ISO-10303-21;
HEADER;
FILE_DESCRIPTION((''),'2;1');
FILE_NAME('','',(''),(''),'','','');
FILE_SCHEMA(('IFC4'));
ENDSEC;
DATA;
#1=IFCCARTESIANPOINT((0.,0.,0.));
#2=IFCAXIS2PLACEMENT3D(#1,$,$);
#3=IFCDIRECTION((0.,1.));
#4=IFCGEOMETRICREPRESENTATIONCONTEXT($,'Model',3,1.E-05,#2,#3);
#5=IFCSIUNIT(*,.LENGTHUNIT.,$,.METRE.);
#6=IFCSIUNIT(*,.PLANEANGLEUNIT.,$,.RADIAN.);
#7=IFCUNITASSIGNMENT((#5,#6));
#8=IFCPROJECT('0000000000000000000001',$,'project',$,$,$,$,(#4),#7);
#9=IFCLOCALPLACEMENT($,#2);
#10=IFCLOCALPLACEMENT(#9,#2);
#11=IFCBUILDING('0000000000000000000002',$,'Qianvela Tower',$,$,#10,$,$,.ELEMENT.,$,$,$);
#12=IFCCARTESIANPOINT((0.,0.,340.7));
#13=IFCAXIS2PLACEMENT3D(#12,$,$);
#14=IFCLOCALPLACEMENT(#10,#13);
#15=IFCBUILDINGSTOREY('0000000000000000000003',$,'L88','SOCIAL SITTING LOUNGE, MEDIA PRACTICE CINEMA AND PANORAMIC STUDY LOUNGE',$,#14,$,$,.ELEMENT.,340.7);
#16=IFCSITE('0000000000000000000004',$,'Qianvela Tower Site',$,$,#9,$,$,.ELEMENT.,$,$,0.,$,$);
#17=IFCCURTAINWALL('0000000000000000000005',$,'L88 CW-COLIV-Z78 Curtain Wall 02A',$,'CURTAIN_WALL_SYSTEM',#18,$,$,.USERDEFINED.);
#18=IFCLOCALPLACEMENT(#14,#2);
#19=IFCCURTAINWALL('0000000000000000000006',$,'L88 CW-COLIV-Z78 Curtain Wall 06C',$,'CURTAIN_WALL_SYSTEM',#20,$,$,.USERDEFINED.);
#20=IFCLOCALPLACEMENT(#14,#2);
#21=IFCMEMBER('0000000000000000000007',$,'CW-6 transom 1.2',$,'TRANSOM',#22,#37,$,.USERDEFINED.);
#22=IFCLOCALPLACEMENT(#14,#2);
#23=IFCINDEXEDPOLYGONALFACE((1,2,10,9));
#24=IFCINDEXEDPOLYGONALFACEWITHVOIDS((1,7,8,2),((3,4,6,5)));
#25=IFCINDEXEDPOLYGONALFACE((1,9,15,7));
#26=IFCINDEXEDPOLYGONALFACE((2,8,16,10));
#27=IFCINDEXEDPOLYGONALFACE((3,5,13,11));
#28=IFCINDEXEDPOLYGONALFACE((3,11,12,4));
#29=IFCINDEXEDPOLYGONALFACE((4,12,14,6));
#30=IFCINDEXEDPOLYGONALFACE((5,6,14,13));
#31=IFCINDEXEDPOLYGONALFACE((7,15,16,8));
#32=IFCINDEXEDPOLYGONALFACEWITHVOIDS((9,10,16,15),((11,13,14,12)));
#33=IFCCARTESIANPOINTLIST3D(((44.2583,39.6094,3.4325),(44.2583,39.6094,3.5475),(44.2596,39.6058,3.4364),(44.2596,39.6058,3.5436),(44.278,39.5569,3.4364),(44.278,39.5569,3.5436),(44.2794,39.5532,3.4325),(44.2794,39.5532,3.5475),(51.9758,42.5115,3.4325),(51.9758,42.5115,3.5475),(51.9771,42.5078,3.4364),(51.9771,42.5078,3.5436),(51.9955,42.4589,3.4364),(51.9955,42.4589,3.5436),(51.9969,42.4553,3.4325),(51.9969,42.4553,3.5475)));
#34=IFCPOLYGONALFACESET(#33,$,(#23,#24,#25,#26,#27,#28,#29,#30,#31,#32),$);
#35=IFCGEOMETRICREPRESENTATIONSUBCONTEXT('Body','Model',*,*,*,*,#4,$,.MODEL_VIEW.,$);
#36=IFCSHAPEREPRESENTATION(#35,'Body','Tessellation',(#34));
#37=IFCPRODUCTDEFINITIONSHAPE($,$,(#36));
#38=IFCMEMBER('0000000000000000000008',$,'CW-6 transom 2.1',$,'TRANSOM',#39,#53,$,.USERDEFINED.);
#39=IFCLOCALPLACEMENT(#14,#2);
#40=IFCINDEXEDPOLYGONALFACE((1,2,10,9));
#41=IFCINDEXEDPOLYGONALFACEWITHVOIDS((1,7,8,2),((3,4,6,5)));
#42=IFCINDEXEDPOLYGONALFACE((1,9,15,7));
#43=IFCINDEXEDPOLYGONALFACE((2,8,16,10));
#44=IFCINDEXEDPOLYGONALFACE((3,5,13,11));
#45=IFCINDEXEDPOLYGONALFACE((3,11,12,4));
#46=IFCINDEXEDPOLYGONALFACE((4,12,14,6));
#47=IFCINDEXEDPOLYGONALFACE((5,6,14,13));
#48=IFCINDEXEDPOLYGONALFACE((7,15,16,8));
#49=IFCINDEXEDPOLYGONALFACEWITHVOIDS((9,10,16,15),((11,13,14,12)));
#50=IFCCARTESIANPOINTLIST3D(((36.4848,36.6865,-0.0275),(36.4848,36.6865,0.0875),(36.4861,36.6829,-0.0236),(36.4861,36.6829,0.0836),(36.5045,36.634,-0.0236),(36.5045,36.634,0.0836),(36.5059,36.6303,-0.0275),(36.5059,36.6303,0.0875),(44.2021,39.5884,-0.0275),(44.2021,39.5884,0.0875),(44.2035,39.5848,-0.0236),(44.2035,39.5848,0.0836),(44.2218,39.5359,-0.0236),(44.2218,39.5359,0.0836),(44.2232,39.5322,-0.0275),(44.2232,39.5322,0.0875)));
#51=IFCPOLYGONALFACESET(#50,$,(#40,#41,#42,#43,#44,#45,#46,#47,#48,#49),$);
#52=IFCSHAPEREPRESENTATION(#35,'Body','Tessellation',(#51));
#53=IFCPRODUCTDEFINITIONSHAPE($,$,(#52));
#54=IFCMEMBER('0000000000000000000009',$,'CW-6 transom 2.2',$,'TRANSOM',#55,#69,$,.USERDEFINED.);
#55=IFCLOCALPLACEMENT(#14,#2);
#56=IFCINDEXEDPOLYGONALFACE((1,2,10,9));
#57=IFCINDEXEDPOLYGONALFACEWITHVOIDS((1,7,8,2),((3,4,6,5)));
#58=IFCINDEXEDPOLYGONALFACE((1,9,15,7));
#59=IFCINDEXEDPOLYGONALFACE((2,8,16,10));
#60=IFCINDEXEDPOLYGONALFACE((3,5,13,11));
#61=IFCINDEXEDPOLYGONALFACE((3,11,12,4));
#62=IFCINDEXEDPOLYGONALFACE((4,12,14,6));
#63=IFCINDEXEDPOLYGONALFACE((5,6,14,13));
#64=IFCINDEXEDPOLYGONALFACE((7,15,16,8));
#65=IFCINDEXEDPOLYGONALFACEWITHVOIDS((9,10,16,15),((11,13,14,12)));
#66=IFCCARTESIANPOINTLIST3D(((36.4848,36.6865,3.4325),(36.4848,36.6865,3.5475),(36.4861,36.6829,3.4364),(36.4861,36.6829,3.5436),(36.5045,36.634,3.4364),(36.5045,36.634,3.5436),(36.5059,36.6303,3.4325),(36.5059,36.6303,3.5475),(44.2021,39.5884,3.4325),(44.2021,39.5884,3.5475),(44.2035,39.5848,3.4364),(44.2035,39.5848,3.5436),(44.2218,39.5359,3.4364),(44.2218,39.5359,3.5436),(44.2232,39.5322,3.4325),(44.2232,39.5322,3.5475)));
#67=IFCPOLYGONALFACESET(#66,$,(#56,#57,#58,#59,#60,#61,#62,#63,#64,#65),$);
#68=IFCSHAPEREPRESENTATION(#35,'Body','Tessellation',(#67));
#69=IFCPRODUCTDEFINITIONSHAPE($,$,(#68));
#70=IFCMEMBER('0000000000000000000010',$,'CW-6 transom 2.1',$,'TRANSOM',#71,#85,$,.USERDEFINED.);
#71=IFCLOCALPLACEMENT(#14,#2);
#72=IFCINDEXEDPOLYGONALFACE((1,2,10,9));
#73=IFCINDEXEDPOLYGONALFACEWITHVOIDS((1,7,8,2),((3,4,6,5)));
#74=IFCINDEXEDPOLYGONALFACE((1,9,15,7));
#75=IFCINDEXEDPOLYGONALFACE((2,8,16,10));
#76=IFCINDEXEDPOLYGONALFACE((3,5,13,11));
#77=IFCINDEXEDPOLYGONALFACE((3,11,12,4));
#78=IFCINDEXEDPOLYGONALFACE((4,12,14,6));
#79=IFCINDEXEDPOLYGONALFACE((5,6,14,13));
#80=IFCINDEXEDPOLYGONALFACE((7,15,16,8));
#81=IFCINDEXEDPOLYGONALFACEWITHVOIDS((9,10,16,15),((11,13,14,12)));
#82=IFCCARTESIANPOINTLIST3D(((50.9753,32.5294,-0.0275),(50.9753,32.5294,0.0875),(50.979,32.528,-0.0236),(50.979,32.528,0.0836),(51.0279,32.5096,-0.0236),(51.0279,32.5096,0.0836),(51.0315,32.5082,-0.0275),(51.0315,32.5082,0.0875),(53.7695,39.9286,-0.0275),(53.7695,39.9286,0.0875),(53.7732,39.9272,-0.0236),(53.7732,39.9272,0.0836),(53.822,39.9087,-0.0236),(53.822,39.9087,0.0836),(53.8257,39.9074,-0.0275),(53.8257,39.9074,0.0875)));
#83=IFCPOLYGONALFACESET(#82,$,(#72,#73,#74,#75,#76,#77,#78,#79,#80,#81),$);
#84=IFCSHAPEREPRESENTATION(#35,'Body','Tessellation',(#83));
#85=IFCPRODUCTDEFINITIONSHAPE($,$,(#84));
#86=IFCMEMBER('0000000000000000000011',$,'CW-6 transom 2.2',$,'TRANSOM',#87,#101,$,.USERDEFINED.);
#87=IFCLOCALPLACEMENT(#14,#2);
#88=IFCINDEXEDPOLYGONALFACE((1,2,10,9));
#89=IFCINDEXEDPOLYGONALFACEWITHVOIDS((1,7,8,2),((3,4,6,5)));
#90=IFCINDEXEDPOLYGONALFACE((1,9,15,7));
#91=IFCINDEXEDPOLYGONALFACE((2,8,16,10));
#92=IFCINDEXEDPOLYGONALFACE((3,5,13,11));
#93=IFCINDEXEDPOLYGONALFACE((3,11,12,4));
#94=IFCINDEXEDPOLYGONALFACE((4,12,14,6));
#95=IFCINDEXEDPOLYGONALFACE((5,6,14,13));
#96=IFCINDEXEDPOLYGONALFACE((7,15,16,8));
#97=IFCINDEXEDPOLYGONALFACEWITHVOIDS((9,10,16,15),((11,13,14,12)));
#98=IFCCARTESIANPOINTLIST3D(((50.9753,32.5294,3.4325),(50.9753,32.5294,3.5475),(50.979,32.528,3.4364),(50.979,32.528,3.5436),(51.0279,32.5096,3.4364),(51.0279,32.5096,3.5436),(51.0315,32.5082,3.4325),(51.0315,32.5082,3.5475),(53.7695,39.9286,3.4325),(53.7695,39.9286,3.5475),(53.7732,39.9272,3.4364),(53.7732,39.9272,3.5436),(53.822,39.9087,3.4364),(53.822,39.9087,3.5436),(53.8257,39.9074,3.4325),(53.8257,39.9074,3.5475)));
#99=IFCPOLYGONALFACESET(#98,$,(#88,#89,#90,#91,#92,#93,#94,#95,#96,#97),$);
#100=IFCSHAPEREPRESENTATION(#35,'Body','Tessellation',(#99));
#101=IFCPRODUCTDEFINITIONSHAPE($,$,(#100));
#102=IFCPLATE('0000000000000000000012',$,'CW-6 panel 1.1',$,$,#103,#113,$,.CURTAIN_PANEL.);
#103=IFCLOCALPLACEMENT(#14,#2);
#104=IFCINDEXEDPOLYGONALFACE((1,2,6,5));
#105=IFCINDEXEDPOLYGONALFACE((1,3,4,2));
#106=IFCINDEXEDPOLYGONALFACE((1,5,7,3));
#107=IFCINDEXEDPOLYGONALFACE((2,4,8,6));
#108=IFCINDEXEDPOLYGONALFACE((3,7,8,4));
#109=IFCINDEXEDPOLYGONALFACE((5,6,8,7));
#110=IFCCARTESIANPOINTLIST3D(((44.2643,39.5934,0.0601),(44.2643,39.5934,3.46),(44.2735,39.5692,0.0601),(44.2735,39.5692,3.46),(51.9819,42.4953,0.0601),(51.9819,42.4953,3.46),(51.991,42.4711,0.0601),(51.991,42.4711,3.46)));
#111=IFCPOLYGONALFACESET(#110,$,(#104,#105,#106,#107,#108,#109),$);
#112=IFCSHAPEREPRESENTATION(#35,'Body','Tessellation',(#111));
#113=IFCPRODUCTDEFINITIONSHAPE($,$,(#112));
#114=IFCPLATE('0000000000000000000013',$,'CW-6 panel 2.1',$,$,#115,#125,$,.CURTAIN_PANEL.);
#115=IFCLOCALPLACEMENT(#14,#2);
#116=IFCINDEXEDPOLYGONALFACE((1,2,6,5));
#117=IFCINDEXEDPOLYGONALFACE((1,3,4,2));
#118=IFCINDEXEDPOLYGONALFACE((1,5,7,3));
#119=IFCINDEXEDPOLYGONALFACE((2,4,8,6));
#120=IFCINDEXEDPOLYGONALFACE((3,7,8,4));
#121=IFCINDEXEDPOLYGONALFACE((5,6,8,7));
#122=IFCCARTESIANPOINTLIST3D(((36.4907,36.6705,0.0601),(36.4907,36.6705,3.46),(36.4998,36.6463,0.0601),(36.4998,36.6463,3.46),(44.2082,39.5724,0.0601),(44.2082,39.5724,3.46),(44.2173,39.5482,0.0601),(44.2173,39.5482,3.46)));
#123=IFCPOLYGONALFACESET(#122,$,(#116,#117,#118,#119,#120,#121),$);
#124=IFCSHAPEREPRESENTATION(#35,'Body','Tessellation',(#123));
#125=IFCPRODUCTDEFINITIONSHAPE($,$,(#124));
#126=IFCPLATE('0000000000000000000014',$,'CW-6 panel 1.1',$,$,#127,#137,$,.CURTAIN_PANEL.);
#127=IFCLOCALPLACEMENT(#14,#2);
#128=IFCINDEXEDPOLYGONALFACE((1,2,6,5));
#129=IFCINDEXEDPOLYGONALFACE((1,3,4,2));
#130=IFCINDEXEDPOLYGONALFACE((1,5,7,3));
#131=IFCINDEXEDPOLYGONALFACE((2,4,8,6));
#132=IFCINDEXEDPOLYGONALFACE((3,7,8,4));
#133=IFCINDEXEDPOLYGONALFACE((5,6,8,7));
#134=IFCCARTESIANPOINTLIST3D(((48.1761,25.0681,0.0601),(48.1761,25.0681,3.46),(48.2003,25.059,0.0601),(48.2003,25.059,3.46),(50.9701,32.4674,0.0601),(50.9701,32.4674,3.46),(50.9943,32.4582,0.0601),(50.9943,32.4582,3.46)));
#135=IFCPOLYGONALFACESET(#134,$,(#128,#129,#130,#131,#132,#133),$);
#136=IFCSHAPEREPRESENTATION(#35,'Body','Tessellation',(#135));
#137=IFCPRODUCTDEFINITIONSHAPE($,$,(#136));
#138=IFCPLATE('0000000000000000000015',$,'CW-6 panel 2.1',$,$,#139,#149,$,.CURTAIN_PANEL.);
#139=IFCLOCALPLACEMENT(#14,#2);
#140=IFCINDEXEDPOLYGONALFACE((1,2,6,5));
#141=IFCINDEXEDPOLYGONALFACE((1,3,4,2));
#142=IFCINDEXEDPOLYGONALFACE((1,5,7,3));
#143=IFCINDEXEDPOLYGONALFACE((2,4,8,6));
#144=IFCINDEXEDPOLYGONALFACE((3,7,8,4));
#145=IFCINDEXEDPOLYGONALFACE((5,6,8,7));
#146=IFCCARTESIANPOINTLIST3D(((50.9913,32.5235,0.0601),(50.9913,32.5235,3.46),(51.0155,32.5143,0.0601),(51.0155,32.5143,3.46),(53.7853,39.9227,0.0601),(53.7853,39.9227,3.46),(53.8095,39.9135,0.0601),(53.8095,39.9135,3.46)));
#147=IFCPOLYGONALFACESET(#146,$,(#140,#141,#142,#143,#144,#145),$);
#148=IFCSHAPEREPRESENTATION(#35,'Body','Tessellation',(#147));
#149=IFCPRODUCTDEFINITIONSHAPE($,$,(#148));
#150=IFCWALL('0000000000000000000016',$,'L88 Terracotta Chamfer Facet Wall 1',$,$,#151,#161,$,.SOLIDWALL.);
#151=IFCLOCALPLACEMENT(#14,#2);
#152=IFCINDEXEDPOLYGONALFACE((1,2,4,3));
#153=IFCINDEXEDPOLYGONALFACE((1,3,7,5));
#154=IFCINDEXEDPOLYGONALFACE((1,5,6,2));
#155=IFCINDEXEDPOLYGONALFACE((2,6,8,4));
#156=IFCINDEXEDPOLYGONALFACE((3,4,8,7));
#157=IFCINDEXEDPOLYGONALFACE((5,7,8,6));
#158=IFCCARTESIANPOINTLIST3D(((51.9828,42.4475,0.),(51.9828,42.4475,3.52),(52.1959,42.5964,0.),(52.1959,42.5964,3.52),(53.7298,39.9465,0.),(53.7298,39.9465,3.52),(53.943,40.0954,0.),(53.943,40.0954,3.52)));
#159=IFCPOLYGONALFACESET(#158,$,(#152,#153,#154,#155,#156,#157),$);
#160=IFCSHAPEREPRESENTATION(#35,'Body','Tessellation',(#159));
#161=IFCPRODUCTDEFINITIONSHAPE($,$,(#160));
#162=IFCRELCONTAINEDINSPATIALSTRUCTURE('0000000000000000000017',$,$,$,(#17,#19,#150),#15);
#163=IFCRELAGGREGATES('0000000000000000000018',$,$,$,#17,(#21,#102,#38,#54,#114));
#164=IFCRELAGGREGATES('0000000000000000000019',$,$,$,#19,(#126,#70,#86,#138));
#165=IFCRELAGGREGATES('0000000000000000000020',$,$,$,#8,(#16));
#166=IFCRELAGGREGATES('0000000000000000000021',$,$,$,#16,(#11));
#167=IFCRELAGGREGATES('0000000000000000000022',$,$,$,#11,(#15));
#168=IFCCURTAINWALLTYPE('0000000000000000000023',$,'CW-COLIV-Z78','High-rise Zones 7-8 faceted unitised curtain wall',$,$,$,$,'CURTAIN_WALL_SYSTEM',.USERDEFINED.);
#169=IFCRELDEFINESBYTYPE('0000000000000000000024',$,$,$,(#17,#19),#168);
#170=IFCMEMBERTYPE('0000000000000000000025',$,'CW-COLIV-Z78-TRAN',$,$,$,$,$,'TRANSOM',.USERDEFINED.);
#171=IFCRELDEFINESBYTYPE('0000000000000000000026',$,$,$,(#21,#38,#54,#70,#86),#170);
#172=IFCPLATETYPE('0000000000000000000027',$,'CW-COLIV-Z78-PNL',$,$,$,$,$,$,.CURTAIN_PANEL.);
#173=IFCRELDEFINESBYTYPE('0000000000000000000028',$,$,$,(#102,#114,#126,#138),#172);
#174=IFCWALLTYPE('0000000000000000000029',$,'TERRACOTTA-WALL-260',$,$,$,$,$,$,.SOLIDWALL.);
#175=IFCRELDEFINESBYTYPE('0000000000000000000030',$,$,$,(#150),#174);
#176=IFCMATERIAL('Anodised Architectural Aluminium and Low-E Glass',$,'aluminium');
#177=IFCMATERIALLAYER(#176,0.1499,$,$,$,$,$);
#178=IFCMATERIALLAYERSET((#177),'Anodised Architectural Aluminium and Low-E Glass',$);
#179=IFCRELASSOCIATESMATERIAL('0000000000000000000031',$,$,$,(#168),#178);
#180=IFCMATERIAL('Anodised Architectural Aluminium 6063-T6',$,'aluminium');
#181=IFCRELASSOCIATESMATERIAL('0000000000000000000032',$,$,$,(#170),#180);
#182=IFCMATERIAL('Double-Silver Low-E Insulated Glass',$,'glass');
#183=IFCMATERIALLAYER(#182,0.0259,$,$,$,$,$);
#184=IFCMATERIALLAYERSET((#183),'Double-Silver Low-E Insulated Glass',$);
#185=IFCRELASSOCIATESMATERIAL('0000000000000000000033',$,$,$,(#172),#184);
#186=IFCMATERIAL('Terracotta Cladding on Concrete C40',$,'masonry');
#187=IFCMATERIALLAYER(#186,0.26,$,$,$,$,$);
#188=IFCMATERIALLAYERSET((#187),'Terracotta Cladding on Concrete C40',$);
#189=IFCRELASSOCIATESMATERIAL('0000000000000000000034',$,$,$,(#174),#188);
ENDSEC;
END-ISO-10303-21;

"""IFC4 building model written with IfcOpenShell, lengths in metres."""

from ifc_helpers import new_model, si_unit, direction, frame, frame_2d, origin, origin_2d, place, context, subcontext, project, spatial, rectangle, hollow_rectangle, extrude, material, layer, layer_set, material_profile, profile_set, type_object, element, aggregate, save


model = new_model("IFC4")

# Units and contexts
model_context = context("Model", 3, precision=1e-05, world=origin(), true_north=direction((0.0, 1.0)))
body_context = subcontext(model_context, "Body", "Model", "MODEL_VIEW")
ifc_project = project(units=[si_unit("LENGTHUNIT", "METRE"), si_unit("PLANEANGLEUNIT", "RADIAN")], contexts=[model_context])

# Site, building, storey
site_placement = place(None, origin())
site = spatial("IfcSite", under=ifc_project, at=site_placement, Name="Qianvela Tower Site", CompositionType="ELEMENT", RefElevation=0.0)
building_placement = place(site_placement, origin())
building = spatial("IfcBuilding", under=site, at=building_placement, Name="Qianvela Tower", CompositionType="ELEMENT")
storey_placement = place(building_placement, frame((0.0, 0.0, 340.7)))
storey = spatial("IfcBuildingStorey", under=building, at=storey_placement, Name="L88", Description="SOCIAL SITTING LOUNGE, MEDIA PRACTICE CINEMA AND PANORAMIC STUDY LOUNGE", CompositionType="ELEMENT", Elevation=340.7)

# Curtain walls
ifc_material_1 = material(Name="Anodised Architectural Aluminium and Low-E Glass", Category="aluminium")
ifc_layer_1 = layer(ifc_material_1, 0.1499)
ifc_layer_set_1 = layer_set([ifc_layer_1], Name="Anodised Architectural Aluminium and Low-E Glass")
curtain_wall_type = type_object("IfcCurtainWallType", Name="CW-COLIV-Z78", Description="High-rise Zones 7-8 faceted unitised curtain wall", ElementType="CURTAIN_WALL_SYSTEM", PredefinedType="USERDEFINED", material=ifc_layer_set_1)
curtain_wall_1_placement = place(storey_placement, origin())
curtain_wall_1 = element("IfcCurtainWall", 1, at=curtain_wall_1_placement, inside=storey, type_object=curtain_wall_type, Name="L88 CW-COLIV-Z78 Curtain Wall 02A", ObjectType="CURTAIN_WALL_SYSTEM", PredefinedType="USERDEFINED")
curtain_wall_2_placement = place(storey_placement, origin())
curtain_wall_2 = element("IfcCurtainWall", 2, at=curtain_wall_2_placement, inside=storey, type_object=curtain_wall_type, Name="L88 CW-COLIV-Z78 Curtain Wall 06C", ObjectType="CURTAIN_WALL_SYSTEM", PredefinedType="USERDEFINED")

# Members
ifc_material_2 = material(Name="Anodised Architectural Aluminium 6063-T6", Category="aluminium")
ifc_material_profile_1 = material_profile(ifc_material_2, hollow_rectangle(XDim=0.0601, YDim=0.115, WallThickness=0.0039, at=origin_2d()), Name="ALU-TRAN-60x115")
ifc_profile_set_1 = profile_set([ifc_material_profile_1], Name="Anodised Architectural Aluminium 6063-T6")
member_type_1 = type_object("IfcMemberType", Name="CW-COLIV-Z78-TRAN", ElementType="TRANSOM", PredefinedType="USERDEFINED", material=ifc_profile_set_1)
member_1_placement = place(storey_placement, frame((51.9863, 42.4834, 3.49), z_axis=(-0.936009, -0.351977, 0.0), x_axis=(0.351977, -0.936009, 0.0)))
member_1 = element("IfcMember", 3, at=member_1_placement, type_object=member_type_1, Name="CW-6 transom 1.2", ObjectType="TRANSOM", PredefinedType="USERDEFINED", context=body_context, shape_type="SweptSolid", body=[
    extrude(hollow_rectangle(XDim=0.0601, YDim=0.115, WallThickness=0.0039, at=origin_2d()), origin(), (0.0, 0.0, 1.0), 8.2451),
])
member_2_placement = place(storey_placement, frame((44.2126, 39.5603, 0.03), z_axis=(-0.936015, -0.351961, 0.0), x_axis=(0.351961, -0.936015, 0.0)))
member_2 = element("IfcMember", 4, at=member_2_placement, type_object=member_type_1, Name="CW-6 transom 2.1", ObjectType="TRANSOM", PredefinedType="USERDEFINED", context=body_context, shape_type="SweptSolid", body=[
    extrude(hollow_rectangle(XDim=0.0601, YDim=0.115, WallThickness=0.0039, at=origin_2d()), origin(), (0.0, 0.0, 1.0), 8.2449),
])
member_3_placement = place(storey_placement, frame((44.2126, 39.5603, 3.49), z_axis=(-0.936015, -0.351961, 0.0), x_axis=(0.351961, -0.936015, 0.0)))
member_3 = element("IfcMember", 5, at=member_3_placement, type_object=member_type_1, Name="CW-6 transom 2.2", ObjectType="TRANSOM", PredefinedType="USERDEFINED", context=body_context, shape_type="SweptSolid", body=[
    extrude(hollow_rectangle(XDim=0.0601, YDim=0.115, WallThickness=0.0039, at=origin_2d()), origin(), (0.0, 0.0, 1.0), 8.2449),
])
member_4_placement = place(storey_placement, frame((51.0034, 32.5188, 0.03), z_axis=(0.353284, 0.935516, 0.0), x_axis=(-0.935516, 0.353284, 0.0)))
member_4 = element("IfcMember", 6, at=member_4_placement, type_object=member_type_1, Name="CW-6 transom 2.1", ObjectType="TRANSOM", PredefinedType="USERDEFINED", context=body_context, shape_type="SweptSolid", body=[
    extrude(hollow_rectangle(XDim=0.0601, YDim=0.115, WallThickness=0.0039, at=origin_2d()), origin(), (0.0, 0.0, 1.0), 7.9092),
])
member_5_placement = place(storey_placement, frame((51.0034, 32.5188, 3.49), z_axis=(0.353284, 0.935516, 0.0), x_axis=(-0.935516, 0.353284, 0.0)))
member_5 = element("IfcMember", 7, at=member_5_placement, type_object=member_type_1, Name="CW-6 transom 2.2", ObjectType="TRANSOM", PredefinedType="USERDEFINED", context=body_context, shape_type="SweptSolid", body=[
    extrude(hollow_rectangle(XDim=0.0601, YDim=0.115, WallThickness=0.0039, at=origin_2d()), origin(), (0.0, 0.0, 1.0), 7.9092),
])

# Plates
ifc_material_3 = material(Name="Double-Silver Low-E Insulated Glass", Category="glass")
ifc_layer_2 = layer(ifc_material_3, 0.0259)
ifc_layer_set_2 = layer_set([ifc_layer_2], Name="Double-Silver Low-E Insulated Glass")
plate_type = type_object("IfcPlateType", Name="CW-COLIV-Z78-PNL", PredefinedType="CURTAIN_PANEL", material=ifc_layer_set_2)
plate_1_placement = place(storey_placement, frame((48.1277, 41.0322, 0.0601), z_axis=(0.0, 0.0, 1.0), x_axis=(-0.936017, -0.351956, 0.0)))
plate_1 = element("IfcPlate", 8, at=plate_1_placement, type_object=plate_type, Name="CW-6 panel 1.1", PredefinedType="CURTAIN_PANEL", context=body_context, shape_type="SweptSolid", body=[
    extrude(rectangle(XDim=8.2451, YDim=0.0259, at=origin_2d()), origin(), (0.0, 0.0, 1.0), 3.3999),
])
plate_2_placement = place(storey_placement, frame((40.354, 38.1094, 0.0601), z_axis=(0.0, 0.0, 1.0), x_axis=(-0.936017, -0.351956, 0.0)))
plate_2 = element("IfcPlate", 9, at=plate_2_placement, type_object=plate_type, Name="CW-6 panel 2.1", PredefinedType="CURTAIN_PANEL", context=body_context, shape_type="SweptSolid", body=[
    extrude(rectangle(XDim=8.2451, YDim=0.0259, at=origin_2d()), origin(), (0.0, 0.0, 1.0), 3.3999),
])
aggregate(curtain_wall_1, [member_1, plate_1, member_2, member_3, plate_2])
plate_3_placement = place(storey_placement, frame((49.5852, 28.7632, 0.0601), z_axis=(0.0, 0.0, 1.0), x_axis=(0.353262, 0.935524, 0.0)))
plate_3 = element("IfcPlate", 10, at=plate_3_placement, type_object=plate_type, Name="CW-6 panel 1.1", PredefinedType="CURTAIN_PANEL", context=body_context, shape_type="SweptSolid", body=[
    extrude(rectangle(XDim=7.9092, YDim=0.0259, at=origin_2d()), origin(), (0.0, 0.0, 1.0), 3.3999),
])
plate_4_placement = place(storey_placement, frame((52.4004, 36.2185, 0.0601), z_axis=(0.0, 0.0, 1.0), x_axis=(0.353262, 0.935524, 0.0)))
plate_4 = element("IfcPlate", 11, at=plate_4_placement, type_object=plate_type, Name="CW-6 panel 2.1", PredefinedType="CURTAIN_PANEL", context=body_context, shape_type="SweptSolid", body=[
    extrude(rectangle(XDim=7.9092, YDim=0.0259, at=origin_2d()), origin(), (0.0, 0.0, 1.0), 3.3999),
])
aggregate(curtain_wall_2, [plate_3, member_4, member_5, plate_4])

# Wall
ifc_material_4 = material(Name="Terracotta Cladding on Concrete C40", Category="masonry")
ifc_layer_3 = layer(ifc_material_4, 0.26)
ifc_layer_set_3 = layer_set([ifc_layer_3], Name="Terracotta Cladding on Concrete C40")
wall_type_1 = type_object("IfcWallType", Name="TERRACOTTA-WALL-260", PredefinedType="SOLIDWALL", material=ifc_layer_set_3)
wall_1_placement = place(storey_placement, frame((53.8364, 40.021, 0.0), z_axis=(0.0, 0.0, 1.0), x_axis=(-0.572667, 0.819788, 0.0)))
element("IfcWall", 12, at=wall_1_placement, inside=storey, type_object=wall_type_1, Name="L88 Terracotta Chamfer Facet Wall 1", PredefinedType="SOLIDWALL", context=body_context, shape_type="SweptSolid", body=[
    extrude(rectangle(XDim=3.0508, YDim=0.26, at=frame_2d((1.5254, 0.0))), origin(), (0.0, 0.0, 1.0), 3.52),
])

save(model, "model.ifc")
